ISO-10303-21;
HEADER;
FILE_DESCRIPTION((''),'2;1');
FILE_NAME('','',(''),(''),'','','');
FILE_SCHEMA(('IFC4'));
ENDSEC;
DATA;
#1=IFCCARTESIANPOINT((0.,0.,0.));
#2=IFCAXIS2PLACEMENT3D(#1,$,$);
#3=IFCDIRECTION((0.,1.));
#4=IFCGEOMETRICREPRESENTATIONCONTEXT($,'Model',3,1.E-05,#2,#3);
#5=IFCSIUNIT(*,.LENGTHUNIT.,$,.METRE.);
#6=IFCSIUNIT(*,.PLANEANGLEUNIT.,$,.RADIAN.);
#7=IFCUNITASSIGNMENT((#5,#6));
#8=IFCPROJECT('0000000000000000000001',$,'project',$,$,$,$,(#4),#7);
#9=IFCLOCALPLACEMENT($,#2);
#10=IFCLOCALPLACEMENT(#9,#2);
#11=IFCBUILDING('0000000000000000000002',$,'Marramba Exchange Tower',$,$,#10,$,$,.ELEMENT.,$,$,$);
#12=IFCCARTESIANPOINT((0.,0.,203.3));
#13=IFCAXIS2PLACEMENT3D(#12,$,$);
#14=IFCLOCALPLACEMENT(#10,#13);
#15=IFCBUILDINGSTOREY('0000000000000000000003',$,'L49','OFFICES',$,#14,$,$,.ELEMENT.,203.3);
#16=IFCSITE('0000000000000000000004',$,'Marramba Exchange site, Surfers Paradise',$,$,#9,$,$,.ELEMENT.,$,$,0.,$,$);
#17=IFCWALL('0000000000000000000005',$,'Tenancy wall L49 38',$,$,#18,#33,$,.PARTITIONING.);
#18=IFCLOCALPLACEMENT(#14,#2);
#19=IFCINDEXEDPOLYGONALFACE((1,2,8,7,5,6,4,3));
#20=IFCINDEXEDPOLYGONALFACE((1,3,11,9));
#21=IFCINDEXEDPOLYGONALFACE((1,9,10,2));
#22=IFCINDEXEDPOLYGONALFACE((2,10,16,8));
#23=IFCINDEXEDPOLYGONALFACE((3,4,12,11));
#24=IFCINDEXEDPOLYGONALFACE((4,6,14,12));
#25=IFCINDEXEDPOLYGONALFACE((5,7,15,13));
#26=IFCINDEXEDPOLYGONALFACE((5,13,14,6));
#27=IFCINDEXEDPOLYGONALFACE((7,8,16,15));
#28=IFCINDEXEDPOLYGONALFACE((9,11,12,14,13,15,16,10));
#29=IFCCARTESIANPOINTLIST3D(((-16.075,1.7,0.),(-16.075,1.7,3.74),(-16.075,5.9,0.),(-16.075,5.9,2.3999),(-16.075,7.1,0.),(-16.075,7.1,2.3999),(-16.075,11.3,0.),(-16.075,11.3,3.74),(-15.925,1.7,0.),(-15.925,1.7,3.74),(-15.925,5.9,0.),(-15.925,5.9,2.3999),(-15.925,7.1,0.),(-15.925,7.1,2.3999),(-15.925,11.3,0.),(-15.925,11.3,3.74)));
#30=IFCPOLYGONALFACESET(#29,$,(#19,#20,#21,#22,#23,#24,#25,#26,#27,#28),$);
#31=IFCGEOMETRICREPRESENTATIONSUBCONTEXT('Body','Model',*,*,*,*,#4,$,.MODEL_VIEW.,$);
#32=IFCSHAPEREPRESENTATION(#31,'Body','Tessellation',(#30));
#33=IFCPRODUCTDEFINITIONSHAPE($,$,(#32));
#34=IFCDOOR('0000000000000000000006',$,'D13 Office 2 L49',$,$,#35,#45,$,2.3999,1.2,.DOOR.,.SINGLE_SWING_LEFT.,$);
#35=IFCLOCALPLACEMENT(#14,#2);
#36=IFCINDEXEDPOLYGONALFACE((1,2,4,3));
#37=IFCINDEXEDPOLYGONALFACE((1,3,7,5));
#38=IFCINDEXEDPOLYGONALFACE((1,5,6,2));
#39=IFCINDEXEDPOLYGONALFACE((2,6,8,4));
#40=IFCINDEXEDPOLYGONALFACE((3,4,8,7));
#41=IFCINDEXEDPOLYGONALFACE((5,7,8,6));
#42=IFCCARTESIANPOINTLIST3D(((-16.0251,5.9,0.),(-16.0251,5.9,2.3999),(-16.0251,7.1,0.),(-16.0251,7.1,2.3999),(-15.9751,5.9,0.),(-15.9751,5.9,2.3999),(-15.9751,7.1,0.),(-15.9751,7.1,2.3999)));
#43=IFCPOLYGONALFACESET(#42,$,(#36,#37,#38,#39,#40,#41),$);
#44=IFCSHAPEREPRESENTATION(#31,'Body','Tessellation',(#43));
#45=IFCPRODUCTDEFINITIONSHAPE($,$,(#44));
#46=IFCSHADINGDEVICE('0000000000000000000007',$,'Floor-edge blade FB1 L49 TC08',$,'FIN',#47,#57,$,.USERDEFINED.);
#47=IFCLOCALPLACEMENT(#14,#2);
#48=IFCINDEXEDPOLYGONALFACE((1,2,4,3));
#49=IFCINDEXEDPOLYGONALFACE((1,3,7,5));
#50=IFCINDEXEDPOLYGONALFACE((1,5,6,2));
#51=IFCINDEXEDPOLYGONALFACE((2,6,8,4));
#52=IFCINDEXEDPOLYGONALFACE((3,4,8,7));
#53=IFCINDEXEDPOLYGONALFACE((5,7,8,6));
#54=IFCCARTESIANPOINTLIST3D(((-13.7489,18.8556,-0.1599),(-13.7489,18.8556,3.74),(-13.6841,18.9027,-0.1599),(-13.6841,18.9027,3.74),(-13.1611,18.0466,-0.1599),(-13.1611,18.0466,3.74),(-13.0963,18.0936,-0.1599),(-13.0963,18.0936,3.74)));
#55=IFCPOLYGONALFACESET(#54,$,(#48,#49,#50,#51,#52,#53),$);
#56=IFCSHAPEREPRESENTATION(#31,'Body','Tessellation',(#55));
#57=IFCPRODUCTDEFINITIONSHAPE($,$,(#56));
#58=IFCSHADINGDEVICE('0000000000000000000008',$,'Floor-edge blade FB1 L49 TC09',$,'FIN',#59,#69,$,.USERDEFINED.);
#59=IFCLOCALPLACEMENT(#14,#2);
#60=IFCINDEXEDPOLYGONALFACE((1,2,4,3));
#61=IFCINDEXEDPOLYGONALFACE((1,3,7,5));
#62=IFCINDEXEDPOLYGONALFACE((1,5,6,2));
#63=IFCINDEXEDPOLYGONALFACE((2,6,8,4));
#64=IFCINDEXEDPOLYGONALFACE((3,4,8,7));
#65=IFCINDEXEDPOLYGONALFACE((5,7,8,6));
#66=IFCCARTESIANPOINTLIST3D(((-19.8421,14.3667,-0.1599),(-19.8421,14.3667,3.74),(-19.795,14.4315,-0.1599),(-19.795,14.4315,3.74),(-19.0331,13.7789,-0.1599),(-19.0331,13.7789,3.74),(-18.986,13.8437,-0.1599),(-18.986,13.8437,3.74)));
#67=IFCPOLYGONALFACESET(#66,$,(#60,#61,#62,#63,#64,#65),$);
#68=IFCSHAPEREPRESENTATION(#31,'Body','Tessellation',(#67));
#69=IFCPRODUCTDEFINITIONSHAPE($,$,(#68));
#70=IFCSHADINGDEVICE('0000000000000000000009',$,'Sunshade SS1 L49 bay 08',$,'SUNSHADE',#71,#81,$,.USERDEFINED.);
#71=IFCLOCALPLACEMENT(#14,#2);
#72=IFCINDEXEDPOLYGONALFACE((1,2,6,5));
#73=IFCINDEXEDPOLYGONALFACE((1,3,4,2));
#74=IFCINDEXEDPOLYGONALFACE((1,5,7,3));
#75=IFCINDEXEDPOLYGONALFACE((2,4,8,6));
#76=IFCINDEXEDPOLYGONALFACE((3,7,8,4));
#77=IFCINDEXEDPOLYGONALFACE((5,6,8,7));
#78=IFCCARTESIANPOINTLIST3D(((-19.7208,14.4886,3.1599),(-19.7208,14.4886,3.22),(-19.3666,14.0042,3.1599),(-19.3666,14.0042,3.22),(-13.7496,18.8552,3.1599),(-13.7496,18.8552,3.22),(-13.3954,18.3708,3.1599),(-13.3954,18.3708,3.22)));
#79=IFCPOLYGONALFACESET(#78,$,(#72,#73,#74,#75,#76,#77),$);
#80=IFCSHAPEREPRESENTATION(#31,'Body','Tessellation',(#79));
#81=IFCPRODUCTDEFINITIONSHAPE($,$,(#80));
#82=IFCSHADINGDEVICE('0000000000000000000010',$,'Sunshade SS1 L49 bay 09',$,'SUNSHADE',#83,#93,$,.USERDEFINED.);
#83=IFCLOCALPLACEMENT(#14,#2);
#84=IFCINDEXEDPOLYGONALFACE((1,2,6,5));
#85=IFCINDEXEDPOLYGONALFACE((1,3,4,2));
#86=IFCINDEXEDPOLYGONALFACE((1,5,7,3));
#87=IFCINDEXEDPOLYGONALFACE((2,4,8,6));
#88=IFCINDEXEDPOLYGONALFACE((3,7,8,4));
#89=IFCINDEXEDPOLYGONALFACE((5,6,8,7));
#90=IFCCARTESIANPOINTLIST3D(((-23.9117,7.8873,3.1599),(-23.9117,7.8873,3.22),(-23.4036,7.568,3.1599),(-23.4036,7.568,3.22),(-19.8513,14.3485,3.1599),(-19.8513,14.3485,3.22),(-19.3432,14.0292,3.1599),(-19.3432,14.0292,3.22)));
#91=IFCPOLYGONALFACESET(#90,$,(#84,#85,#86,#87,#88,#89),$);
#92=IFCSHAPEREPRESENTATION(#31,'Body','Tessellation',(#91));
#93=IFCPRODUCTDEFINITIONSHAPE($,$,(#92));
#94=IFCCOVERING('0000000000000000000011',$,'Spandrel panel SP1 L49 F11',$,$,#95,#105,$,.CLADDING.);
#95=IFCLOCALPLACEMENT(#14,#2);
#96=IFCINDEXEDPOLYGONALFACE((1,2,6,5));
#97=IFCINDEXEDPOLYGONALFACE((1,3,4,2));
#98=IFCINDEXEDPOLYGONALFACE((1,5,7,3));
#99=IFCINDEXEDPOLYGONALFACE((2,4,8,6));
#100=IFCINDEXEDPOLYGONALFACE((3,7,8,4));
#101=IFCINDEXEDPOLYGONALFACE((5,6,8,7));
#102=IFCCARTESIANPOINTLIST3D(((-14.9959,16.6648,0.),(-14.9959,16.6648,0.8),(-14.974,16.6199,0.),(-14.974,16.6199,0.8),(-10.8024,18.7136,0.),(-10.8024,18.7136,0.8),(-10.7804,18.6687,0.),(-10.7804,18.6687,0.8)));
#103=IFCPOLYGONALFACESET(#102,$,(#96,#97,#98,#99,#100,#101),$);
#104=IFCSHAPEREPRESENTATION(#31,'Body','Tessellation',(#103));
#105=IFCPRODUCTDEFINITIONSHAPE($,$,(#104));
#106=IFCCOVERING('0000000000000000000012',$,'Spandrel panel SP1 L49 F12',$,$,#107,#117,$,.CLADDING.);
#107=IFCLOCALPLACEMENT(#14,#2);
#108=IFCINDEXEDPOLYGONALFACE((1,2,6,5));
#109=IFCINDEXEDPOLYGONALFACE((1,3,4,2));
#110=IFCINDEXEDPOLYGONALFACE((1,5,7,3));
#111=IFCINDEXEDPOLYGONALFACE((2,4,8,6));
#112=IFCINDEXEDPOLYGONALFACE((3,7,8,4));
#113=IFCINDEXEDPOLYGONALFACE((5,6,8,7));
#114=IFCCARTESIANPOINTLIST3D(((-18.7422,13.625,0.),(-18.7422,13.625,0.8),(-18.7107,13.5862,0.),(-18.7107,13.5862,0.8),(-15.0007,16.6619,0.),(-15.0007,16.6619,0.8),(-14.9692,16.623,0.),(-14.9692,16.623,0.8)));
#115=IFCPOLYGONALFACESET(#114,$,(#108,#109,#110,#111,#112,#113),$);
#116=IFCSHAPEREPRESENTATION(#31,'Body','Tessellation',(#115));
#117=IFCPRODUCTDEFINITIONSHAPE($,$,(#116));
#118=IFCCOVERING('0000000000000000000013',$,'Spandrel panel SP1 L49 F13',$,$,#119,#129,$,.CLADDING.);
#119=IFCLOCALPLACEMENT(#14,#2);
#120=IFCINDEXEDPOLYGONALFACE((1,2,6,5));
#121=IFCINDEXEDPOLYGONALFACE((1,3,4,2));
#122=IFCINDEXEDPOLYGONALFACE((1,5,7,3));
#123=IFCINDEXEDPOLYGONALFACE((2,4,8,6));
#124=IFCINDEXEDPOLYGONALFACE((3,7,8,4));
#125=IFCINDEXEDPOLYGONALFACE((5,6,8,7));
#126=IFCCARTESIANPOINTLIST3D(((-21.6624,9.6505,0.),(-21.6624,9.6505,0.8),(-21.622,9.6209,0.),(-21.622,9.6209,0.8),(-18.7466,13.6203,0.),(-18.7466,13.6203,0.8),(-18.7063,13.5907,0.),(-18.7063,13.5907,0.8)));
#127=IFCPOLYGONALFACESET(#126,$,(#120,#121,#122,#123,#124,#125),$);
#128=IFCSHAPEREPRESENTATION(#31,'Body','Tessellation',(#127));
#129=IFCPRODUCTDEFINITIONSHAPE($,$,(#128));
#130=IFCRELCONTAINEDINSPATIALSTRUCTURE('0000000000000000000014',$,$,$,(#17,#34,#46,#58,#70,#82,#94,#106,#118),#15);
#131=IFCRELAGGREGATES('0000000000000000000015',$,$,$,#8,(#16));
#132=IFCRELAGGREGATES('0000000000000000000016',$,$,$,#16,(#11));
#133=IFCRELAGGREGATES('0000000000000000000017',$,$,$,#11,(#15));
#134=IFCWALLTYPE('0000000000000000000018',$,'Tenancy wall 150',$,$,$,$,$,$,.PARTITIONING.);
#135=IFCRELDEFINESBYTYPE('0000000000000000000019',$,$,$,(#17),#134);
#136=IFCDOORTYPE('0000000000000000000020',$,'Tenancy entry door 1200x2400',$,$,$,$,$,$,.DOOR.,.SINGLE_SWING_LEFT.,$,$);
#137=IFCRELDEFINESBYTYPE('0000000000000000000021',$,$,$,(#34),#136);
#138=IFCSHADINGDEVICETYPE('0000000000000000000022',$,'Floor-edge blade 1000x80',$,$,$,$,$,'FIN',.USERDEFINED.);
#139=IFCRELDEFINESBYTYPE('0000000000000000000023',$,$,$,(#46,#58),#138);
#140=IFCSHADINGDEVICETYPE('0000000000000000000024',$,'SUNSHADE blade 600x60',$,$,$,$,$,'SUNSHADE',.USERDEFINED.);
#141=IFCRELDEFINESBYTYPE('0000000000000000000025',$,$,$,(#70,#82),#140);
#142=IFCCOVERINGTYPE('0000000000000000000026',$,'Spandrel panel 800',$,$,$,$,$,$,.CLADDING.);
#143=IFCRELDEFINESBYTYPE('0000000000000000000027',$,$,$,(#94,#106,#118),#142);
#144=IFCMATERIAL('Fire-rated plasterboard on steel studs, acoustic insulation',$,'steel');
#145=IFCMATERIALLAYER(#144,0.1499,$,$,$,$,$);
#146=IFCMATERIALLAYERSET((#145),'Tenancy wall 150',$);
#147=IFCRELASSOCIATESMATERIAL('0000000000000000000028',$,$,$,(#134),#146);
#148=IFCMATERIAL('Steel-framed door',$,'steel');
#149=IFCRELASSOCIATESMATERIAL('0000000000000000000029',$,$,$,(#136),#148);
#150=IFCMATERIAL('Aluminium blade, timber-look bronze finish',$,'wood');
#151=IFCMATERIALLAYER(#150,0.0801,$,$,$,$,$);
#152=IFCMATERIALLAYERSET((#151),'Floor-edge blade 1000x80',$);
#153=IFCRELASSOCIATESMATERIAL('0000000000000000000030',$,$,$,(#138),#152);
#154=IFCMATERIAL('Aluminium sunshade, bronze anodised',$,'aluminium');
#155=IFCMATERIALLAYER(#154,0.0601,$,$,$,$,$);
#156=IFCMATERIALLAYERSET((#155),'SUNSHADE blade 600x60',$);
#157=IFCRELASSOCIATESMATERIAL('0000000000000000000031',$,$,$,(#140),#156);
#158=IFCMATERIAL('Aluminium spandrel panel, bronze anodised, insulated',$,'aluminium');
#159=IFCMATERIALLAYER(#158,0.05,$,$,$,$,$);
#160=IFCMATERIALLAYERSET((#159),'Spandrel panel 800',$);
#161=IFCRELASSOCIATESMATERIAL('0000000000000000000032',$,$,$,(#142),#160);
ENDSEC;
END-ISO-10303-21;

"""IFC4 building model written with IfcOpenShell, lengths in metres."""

from ifc_helpers import new_model, si_unit, direction, frame, frame_2d, origin, origin_2d, place, context, subcontext, project, spatial, rectangle, extrude, material, layer, layer_set, type_object, element, fill, save


model = new_model("IFC4")

# Units and contexts
model_context = context("Model", 3, precision=1e-05, world=origin(), true_north=direction((0.0, 1.0)))
body_context = subcontext(model_context, "Body", "Model", "MODEL_VIEW")
ifc_project = project(units=[si_unit("LENGTHUNIT", "METRE"), si_unit("PLANEANGLEUNIT", "RADIAN")], contexts=[model_context])

# Site, building, storey
site_placement = place(None, origin())
site = spatial("IfcSite", under=ifc_project, at=site_placement, Name="Marramba Exchange site, Surfers Paradise", CompositionType="ELEMENT", RefElevation=0.0)
building_placement = place(site_placement, origin())
building = spatial("IfcBuilding", under=site, at=building_placement, Name="Marramba Exchange Tower", CompositionType="ELEMENT")
storey_placement = place(building_placement, frame((0.0, 0.0, 203.3)))
storey = spatial("IfcBuildingStorey", under=building, at=storey_placement, Name="L49", Description="OFFICES", CompositionType="ELEMENT", Elevation=203.3)

# Shared definitions
ifc_material_1 = material(Name="Fire-rated plasterboard on steel studs, acoustic insulation", Category="steel")
ifc_layer_1 = layer(ifc_material_1, 0.1499)
ifc_layer_set_1 = layer_set([ifc_layer_1], Name="Tenancy wall 150")
wall_type_1 = type_object("IfcWallType", Name="Tenancy wall 150", PredefinedType="PARTITIONING", material=ifc_layer_set_1)

# Wall, opening, door
wall_1_placement = place(storey_placement, frame((-16.0, 11.3, 0.0), z_axis=(0.0, 0.0, 1.0), x_axis=(0.0, -1.0, 0.0)))
wall_1 = element("IfcWall", 1, at=wall_1_placement, inside=storey, type_object=wall_type_1, Name="Tenancy wall L49 38", PredefinedType="PARTITIONING", context=body_context, shape_type="SweptSolid", body=[
    extrude(rectangle(XDim=9.6001, YDim=0.1499, at=frame_2d((4.8, 0.0))), origin(), (0.0, 0.0, 1.0), 3.74),
])
opening_placement = place(wall_1_placement, frame((4.2, 0.0, 0.0)))
opening = element("IfcOpeningElement", 2, at=opening_placement, cuts=wall_1, PredefinedType="OPENING", context=body_context, shape_type="SweptSolid", body=[
    extrude(rectangle(XDim=1.2, YDim=2.3999, at=frame_2d((0.6001, 1.2))), frame((0.0, 0.085, 0.0), z_axis=(0.0, -1.0, 0.0), x_axis=(1.0, 0.0, 0.0)), (0.0, 0.0, 1.0), 0.1699),
])
ifc_material_2 = material(Name="Steel-framed door", Category="steel")
door_type = type_object("IfcDoorType", Name="Tenancy entry door 1200x2400", OperationType="SINGLE_SWING_LEFT", PredefinedType="DOOR", material=ifc_material_2)
door_placement = place(opening_placement, origin())
door = element("IfcDoor", 3, at=door_placement, inside=storey, type_object=door_type, Name="D13 Office 2 L49", OperationType="SINGLE_SWING_LEFT", OverallHeight=2.3999, OverallWidth=1.2, PredefinedType="DOOR", context=body_context, shape_type="SweptSolid", body=[
    extrude(rectangle(XDim=1.2, YDim=2.3999, at=frame_2d((0.6001, 1.2))), frame((0.0, 0.0249, 0.0), z_axis=(0.0, -1.0, 0.0), x_axis=(1.0, 0.0, 0.0)), (0.0, 0.0, 1.0), 0.05),
])
fill(opening, door)

# Shading devices
ifc_material_3 = material(Name="Aluminium blade, timber-look bronze finish", Category="wood")
ifc_layer_2 = layer(ifc_material_3, 0.0801)
ifc_layer_set_2 = layer_set([ifc_layer_2], Name="Floor-edge blade 1000x80")
shading_device_type_1 = type_object("IfcShadingDeviceType", Name="Floor-edge blade 1000x80", ElementType="FIN", PredefinedType="USERDEFINED", material=ifc_layer_set_2)
for number, where, z_axis, x_axis, name in (
    (4, (-13.4226, 18.4746, -0.1599), (0.0, 0.0, 1.0), (-0.587785, 0.809017, 0.0), "Floor-edge blade FB1 L49 TC08"),
    (5, (-19.4141, 14.1052, -0.1599), (0.0, 0.0, 1.0), (-0.809017, 0.587785, 0.0), "Floor-edge blade FB1 L49 TC09"),
):
    element("IfcShadingDevice", number, at=place(storey_placement, frame(where, z_axis=z_axis, x_axis=x_axis)), inside=storey, type_object=shading_device_type_1, Name=name, ObjectType="FIN", PredefinedType="USERDEFINED", context=body_context, shape_type="SweptSolid", body=[
        extrude(rectangle(XDim=1.0, YDim=0.0801, at=origin_2d()), origin(), (0.0, 0.0, 1.0), 3.8999),
    ])
ifc_material_4 = material(Name="Aluminium sunshade, bronze anodised", Category="aluminium")
ifc_layer_3 = layer(ifc_material_4, 0.0601)
ifc_layer_set_3 = layer_set([ifc_layer_3], Name="SUNSHADE blade 600x60")
shading_device_type_2 = type_object("IfcShadingDeviceType", Name="SUNSHADE blade 600x60", ElementType="SUNSHADE", PredefinedType="USERDEFINED", material=ifc_layer_set_3)
shading_device_1_placement = place(storey_placement, frame((-16.5581, 16.4297, 3.1599), z_axis=(0.0, 0.0, 1.0), x_axis=(-0.807194, -0.590286, 0.0)))
element("IfcShadingDevice", 6, at=shading_device_1_placement, inside=storey, type_object=shading_device_type_2, Name="Sunshade SS1 L49 bay 08", ObjectType="SUNSHADE", PredefinedType="USERDEFINED", context=body_context, shape_type="SweptSolid", body=[
    extrude(rectangle(XDim=7.3975, YDim=0.6001, at=origin_2d()), origin(), (0.0, 0.0, 1.0), 0.0601),
])
shading_device_2_placement = place(storey_placement, frame((-21.6274, 10.9583, 3.1599), z_axis=(0.0, 0.0, 1.0), x_axis=(-0.532082, -0.846693, 0.0)))
element("IfcShadingDevice", 7, at=shading_device_2_placement, inside=storey, type_object=shading_device_type_2, Name="Sunshade SS1 L49 bay 09", ObjectType="SUNSHADE", PredefinedType="USERDEFINED", context=body_context, shape_type="SweptSolid", body=[
    extrude(rectangle(XDim=7.6311, YDim=0.6001, at=origin_2d()), origin(), (0.0, 0.0, 1.0), 0.0601),
])

# Coverings
ifc_material_5 = material(Name="Aluminium spandrel panel, bronze anodised, insulated", Category="aluminium")
ifc_layer_4 = layer(ifc_material_5, 0.05)
ifc_layer_set_4 = layer_set([ifc_layer_4], Name="Spandrel panel 800")
covering_type = type_object("IfcCoveringType", Name="Spandrel panel 800", PredefinedType="CLADDING", material=ifc_layer_set_4)
covering_1_placement = place(storey_placement, frame((-12.8882, 17.6667, 0.0), z_axis=(0.0, 0.0, 1.0), x_axis=(-0.898501, -0.438972, 0.0)))
element("IfcCovering", 8, at=covering_1_placement, inside=storey, type_object=covering_type, Name="Spandrel panel SP1 L49 F11", PredefinedType="CLADDING", context=body_context, shape_type="SweptSolid", body=[
    extrude(rectangle(XDim=4.6672, YDim=0.05, at=origin_2d()), origin(), (0.0, 0.0, 1.0), 0.8),
])
covering_2_placement = place(storey_placement, frame((-16.8557, 15.124, 0.0), z_axis=(0.0, 0.0, 1.0), x_axis=(-0.776432, -0.630201, 0.0)))
element("IfcCovering", 9, at=covering_2_placement, inside=storey, type_object=covering_type, Name="Spandrel panel SP1 L49 F12", PredefinedType="CLADDING", context=body_context, shape_type="SweptSolid", body=[
    extrude(rectangle(XDim=4.8188, YDim=0.05, at=origin_2d()), origin(), (0.0, 0.0, 1.0), 0.8),
])
covering_3_placement = place(storey_placement, frame((-20.1843, 11.6206, 0.0), z_axis=(0.0, 0.0, 1.0), x_axis=(-0.591963, -0.805965, 0.0)))
element("IfcCovering", 10, at=covering_3_placement, inside=storey, type_object=covering_type, Name="Spandrel panel SP1 L49 F13", PredefinedType="CLADDING", context=body_context, shape_type="SweptSolid", body=[
    extrude(rectangle(XDim=4.9255, YDim=0.05, at=origin_2d()), origin(), (0.0, 0.0, 1.0), 0.8),
])

save(model, "model.ifc")
